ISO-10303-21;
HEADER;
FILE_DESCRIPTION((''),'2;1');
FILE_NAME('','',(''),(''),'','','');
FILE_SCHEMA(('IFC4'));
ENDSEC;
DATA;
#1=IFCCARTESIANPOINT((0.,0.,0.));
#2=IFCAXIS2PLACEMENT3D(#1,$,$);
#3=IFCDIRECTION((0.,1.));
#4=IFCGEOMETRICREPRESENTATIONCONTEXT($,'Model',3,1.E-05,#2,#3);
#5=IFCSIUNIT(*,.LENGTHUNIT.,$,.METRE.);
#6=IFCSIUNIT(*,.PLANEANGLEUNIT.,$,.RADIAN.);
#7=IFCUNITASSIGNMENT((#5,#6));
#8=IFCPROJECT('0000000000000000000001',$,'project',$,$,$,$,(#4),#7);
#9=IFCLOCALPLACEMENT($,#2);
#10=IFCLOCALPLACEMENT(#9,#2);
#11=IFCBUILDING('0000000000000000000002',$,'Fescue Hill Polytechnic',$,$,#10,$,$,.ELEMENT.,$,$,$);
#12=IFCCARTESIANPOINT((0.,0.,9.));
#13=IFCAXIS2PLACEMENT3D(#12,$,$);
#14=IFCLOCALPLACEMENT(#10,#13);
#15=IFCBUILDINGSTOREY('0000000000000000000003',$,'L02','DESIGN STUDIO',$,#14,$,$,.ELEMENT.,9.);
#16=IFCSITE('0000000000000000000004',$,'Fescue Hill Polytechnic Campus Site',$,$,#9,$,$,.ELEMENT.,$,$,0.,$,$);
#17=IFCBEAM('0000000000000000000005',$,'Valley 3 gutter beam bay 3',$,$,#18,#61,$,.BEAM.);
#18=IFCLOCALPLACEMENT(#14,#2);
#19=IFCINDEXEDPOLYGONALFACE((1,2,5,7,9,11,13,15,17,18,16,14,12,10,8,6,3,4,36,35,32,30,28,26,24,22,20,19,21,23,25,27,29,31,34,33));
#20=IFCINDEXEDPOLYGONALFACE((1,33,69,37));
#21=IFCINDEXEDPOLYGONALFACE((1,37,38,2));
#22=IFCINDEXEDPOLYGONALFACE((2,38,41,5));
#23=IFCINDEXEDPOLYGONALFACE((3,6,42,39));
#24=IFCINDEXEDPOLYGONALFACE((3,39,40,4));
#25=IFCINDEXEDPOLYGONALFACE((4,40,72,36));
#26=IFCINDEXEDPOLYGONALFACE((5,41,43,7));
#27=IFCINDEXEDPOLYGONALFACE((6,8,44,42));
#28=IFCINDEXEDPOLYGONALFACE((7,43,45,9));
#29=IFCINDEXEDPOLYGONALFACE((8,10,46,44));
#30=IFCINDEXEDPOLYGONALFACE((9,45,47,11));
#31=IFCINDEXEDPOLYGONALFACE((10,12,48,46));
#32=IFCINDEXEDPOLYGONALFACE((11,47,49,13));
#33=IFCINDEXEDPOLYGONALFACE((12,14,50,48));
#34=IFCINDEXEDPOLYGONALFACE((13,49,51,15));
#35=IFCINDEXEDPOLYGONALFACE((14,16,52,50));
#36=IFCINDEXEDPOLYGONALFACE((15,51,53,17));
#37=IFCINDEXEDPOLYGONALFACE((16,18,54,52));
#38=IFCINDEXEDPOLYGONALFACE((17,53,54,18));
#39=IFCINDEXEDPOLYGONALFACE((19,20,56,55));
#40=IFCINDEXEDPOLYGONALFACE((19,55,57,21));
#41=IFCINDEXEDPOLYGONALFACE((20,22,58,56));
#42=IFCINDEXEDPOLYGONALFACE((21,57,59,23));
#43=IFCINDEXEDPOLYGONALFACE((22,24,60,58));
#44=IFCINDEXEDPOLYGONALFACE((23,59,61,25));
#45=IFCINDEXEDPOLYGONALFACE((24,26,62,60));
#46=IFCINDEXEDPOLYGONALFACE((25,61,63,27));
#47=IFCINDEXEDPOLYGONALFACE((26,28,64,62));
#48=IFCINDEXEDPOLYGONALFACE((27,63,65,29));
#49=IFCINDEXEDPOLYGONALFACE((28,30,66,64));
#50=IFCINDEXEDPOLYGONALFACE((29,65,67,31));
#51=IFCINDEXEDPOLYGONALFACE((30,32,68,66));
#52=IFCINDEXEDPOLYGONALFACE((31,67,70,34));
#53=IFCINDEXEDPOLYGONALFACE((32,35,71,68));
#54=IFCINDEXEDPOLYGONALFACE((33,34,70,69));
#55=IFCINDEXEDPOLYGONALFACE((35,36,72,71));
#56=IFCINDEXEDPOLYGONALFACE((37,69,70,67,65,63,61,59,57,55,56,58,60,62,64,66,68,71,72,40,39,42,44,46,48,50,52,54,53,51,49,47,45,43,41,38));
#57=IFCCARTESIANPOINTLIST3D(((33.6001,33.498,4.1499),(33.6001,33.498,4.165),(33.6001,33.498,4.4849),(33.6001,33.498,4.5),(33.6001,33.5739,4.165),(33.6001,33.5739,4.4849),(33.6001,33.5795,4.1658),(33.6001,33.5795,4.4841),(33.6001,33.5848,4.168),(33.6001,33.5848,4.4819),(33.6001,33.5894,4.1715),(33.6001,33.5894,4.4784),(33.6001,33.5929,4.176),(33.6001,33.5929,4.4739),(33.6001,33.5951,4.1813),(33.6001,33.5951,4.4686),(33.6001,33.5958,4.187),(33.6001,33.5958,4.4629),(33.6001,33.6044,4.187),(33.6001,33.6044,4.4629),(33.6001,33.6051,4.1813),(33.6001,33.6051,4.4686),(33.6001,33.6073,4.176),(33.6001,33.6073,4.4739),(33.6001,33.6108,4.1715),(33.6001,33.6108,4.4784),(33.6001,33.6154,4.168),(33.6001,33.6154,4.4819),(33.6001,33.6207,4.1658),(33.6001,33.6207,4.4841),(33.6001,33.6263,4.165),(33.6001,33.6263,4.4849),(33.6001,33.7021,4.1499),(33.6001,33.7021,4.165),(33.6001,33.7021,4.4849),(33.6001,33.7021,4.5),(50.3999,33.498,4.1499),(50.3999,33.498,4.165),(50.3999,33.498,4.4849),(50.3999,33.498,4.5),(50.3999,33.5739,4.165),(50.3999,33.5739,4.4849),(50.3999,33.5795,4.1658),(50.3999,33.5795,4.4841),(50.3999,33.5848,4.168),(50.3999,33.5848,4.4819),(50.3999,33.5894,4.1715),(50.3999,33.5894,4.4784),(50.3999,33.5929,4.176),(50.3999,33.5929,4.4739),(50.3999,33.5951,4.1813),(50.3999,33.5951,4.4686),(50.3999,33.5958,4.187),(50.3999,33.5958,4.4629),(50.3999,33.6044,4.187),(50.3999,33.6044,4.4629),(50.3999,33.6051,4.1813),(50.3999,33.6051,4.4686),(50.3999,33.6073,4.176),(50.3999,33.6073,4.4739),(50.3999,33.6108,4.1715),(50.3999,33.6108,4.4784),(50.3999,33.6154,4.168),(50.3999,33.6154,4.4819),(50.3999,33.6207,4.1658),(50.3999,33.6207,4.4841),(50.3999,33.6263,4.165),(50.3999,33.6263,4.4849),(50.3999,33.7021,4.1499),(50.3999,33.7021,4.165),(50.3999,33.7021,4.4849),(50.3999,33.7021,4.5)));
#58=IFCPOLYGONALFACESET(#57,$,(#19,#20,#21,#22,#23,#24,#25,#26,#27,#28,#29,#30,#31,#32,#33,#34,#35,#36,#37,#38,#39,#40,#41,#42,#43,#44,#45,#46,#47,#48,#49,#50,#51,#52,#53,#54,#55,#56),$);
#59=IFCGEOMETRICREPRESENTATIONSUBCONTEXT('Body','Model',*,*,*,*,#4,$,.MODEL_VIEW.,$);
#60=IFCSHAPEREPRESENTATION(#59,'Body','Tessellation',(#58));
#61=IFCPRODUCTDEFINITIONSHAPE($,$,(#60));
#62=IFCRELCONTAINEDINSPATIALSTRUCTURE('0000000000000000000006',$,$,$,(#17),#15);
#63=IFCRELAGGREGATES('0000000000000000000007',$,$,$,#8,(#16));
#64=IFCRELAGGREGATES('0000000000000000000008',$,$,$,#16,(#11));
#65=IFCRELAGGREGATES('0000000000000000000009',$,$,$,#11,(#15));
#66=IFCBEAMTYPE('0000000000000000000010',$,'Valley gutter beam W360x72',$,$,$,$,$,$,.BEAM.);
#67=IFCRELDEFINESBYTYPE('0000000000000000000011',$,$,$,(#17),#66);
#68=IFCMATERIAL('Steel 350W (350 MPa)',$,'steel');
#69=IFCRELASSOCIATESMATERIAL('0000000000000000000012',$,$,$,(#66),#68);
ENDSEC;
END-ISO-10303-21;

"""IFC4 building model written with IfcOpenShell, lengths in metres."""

from ifc_helpers import new_model, si_unit, direction, frame, origin, origin_2d, place, context, subcontext, project, spatial, i_section, extrude, material, material_profile, profile_set, type_object, element, save


model = new_model("IFC4")

# Units and contexts
model_context = context("Model", 3, precision=1e-05, world=origin(), true_north=direction((0.0, 1.0)))
body_context = subcontext(model_context, "Body", "Model", "MODEL_VIEW")
ifc_project = project(units=[si_unit("LENGTHUNIT", "METRE"), si_unit("PLANEANGLEUNIT", "RADIAN")], contexts=[model_context])

# Site, building, storey
site_placement = place(None, origin())
site = spatial("IfcSite", under=ifc_project, at=site_placement, Name="Fescue Hill Polytechnic Campus Site", CompositionType="ELEMENT", RefElevation=0.0)
building_placement = place(site_placement, origin())
building = spatial("IfcBuilding", under=site, at=building_placement, Name="Fescue Hill Polytechnic", CompositionType="ELEMENT")
storey_placement = place(building_placement, frame((0.0, 0.0, 9.0)))
storey = spatial("IfcBuildingStorey", under=building, at=storey_placement, Name="L02", Description="DESIGN STUDIO", CompositionType="ELEMENT", Elevation=9.0)

# Shared definitions
ifc_material = material(Name="Steel 350W (350 MPa)", Category="steel")

# Beam
ifc_material_profile_1 = material_profile(ifc_material, i_section(OverallWidth=0.2041, OverallDepth=0.3501, WebThickness=0.0085, FlangeThickness=0.0151, FilletRadius=0.022, at=origin_2d()), Name="W360x72")
ifc_profile_set_1 = profile_set([ifc_material_profile_1], Name="Steel 350W (350 MPa)")
beam_type = type_object("IfcBeamType", Name="Valley gutter beam W360x72", PredefinedType="BEAM", material=ifc_profile_set_1)
for number, where, z_axis, x_axis, name in (
    (1, (33.6001, 33.6001, 4.325), (1.0, 0.0, 0.0), (0.0, 1.0, 0.0), "Valley 3 gutter beam bay 3"),
):
    element("IfcBeam", number, at=place(storey_placement, frame(where, z_axis=z_axis, x_axis=x_axis)), inside=storey, type_object=beam_type, Name=name, PredefinedType="BEAM", context=body_context, shape_type="SweptSolid", body=[
        extrude(i_section(OverallWidth=0.2041, OverallDepth=0.3501, WebThickness=0.0085, FlangeThickness=0.0151, FilletRadius=0.022, at=origin_2d()), origin(), (0.0, 0.0, 1.0), 16.7998),
    ])

save(model, "model.ifc")
